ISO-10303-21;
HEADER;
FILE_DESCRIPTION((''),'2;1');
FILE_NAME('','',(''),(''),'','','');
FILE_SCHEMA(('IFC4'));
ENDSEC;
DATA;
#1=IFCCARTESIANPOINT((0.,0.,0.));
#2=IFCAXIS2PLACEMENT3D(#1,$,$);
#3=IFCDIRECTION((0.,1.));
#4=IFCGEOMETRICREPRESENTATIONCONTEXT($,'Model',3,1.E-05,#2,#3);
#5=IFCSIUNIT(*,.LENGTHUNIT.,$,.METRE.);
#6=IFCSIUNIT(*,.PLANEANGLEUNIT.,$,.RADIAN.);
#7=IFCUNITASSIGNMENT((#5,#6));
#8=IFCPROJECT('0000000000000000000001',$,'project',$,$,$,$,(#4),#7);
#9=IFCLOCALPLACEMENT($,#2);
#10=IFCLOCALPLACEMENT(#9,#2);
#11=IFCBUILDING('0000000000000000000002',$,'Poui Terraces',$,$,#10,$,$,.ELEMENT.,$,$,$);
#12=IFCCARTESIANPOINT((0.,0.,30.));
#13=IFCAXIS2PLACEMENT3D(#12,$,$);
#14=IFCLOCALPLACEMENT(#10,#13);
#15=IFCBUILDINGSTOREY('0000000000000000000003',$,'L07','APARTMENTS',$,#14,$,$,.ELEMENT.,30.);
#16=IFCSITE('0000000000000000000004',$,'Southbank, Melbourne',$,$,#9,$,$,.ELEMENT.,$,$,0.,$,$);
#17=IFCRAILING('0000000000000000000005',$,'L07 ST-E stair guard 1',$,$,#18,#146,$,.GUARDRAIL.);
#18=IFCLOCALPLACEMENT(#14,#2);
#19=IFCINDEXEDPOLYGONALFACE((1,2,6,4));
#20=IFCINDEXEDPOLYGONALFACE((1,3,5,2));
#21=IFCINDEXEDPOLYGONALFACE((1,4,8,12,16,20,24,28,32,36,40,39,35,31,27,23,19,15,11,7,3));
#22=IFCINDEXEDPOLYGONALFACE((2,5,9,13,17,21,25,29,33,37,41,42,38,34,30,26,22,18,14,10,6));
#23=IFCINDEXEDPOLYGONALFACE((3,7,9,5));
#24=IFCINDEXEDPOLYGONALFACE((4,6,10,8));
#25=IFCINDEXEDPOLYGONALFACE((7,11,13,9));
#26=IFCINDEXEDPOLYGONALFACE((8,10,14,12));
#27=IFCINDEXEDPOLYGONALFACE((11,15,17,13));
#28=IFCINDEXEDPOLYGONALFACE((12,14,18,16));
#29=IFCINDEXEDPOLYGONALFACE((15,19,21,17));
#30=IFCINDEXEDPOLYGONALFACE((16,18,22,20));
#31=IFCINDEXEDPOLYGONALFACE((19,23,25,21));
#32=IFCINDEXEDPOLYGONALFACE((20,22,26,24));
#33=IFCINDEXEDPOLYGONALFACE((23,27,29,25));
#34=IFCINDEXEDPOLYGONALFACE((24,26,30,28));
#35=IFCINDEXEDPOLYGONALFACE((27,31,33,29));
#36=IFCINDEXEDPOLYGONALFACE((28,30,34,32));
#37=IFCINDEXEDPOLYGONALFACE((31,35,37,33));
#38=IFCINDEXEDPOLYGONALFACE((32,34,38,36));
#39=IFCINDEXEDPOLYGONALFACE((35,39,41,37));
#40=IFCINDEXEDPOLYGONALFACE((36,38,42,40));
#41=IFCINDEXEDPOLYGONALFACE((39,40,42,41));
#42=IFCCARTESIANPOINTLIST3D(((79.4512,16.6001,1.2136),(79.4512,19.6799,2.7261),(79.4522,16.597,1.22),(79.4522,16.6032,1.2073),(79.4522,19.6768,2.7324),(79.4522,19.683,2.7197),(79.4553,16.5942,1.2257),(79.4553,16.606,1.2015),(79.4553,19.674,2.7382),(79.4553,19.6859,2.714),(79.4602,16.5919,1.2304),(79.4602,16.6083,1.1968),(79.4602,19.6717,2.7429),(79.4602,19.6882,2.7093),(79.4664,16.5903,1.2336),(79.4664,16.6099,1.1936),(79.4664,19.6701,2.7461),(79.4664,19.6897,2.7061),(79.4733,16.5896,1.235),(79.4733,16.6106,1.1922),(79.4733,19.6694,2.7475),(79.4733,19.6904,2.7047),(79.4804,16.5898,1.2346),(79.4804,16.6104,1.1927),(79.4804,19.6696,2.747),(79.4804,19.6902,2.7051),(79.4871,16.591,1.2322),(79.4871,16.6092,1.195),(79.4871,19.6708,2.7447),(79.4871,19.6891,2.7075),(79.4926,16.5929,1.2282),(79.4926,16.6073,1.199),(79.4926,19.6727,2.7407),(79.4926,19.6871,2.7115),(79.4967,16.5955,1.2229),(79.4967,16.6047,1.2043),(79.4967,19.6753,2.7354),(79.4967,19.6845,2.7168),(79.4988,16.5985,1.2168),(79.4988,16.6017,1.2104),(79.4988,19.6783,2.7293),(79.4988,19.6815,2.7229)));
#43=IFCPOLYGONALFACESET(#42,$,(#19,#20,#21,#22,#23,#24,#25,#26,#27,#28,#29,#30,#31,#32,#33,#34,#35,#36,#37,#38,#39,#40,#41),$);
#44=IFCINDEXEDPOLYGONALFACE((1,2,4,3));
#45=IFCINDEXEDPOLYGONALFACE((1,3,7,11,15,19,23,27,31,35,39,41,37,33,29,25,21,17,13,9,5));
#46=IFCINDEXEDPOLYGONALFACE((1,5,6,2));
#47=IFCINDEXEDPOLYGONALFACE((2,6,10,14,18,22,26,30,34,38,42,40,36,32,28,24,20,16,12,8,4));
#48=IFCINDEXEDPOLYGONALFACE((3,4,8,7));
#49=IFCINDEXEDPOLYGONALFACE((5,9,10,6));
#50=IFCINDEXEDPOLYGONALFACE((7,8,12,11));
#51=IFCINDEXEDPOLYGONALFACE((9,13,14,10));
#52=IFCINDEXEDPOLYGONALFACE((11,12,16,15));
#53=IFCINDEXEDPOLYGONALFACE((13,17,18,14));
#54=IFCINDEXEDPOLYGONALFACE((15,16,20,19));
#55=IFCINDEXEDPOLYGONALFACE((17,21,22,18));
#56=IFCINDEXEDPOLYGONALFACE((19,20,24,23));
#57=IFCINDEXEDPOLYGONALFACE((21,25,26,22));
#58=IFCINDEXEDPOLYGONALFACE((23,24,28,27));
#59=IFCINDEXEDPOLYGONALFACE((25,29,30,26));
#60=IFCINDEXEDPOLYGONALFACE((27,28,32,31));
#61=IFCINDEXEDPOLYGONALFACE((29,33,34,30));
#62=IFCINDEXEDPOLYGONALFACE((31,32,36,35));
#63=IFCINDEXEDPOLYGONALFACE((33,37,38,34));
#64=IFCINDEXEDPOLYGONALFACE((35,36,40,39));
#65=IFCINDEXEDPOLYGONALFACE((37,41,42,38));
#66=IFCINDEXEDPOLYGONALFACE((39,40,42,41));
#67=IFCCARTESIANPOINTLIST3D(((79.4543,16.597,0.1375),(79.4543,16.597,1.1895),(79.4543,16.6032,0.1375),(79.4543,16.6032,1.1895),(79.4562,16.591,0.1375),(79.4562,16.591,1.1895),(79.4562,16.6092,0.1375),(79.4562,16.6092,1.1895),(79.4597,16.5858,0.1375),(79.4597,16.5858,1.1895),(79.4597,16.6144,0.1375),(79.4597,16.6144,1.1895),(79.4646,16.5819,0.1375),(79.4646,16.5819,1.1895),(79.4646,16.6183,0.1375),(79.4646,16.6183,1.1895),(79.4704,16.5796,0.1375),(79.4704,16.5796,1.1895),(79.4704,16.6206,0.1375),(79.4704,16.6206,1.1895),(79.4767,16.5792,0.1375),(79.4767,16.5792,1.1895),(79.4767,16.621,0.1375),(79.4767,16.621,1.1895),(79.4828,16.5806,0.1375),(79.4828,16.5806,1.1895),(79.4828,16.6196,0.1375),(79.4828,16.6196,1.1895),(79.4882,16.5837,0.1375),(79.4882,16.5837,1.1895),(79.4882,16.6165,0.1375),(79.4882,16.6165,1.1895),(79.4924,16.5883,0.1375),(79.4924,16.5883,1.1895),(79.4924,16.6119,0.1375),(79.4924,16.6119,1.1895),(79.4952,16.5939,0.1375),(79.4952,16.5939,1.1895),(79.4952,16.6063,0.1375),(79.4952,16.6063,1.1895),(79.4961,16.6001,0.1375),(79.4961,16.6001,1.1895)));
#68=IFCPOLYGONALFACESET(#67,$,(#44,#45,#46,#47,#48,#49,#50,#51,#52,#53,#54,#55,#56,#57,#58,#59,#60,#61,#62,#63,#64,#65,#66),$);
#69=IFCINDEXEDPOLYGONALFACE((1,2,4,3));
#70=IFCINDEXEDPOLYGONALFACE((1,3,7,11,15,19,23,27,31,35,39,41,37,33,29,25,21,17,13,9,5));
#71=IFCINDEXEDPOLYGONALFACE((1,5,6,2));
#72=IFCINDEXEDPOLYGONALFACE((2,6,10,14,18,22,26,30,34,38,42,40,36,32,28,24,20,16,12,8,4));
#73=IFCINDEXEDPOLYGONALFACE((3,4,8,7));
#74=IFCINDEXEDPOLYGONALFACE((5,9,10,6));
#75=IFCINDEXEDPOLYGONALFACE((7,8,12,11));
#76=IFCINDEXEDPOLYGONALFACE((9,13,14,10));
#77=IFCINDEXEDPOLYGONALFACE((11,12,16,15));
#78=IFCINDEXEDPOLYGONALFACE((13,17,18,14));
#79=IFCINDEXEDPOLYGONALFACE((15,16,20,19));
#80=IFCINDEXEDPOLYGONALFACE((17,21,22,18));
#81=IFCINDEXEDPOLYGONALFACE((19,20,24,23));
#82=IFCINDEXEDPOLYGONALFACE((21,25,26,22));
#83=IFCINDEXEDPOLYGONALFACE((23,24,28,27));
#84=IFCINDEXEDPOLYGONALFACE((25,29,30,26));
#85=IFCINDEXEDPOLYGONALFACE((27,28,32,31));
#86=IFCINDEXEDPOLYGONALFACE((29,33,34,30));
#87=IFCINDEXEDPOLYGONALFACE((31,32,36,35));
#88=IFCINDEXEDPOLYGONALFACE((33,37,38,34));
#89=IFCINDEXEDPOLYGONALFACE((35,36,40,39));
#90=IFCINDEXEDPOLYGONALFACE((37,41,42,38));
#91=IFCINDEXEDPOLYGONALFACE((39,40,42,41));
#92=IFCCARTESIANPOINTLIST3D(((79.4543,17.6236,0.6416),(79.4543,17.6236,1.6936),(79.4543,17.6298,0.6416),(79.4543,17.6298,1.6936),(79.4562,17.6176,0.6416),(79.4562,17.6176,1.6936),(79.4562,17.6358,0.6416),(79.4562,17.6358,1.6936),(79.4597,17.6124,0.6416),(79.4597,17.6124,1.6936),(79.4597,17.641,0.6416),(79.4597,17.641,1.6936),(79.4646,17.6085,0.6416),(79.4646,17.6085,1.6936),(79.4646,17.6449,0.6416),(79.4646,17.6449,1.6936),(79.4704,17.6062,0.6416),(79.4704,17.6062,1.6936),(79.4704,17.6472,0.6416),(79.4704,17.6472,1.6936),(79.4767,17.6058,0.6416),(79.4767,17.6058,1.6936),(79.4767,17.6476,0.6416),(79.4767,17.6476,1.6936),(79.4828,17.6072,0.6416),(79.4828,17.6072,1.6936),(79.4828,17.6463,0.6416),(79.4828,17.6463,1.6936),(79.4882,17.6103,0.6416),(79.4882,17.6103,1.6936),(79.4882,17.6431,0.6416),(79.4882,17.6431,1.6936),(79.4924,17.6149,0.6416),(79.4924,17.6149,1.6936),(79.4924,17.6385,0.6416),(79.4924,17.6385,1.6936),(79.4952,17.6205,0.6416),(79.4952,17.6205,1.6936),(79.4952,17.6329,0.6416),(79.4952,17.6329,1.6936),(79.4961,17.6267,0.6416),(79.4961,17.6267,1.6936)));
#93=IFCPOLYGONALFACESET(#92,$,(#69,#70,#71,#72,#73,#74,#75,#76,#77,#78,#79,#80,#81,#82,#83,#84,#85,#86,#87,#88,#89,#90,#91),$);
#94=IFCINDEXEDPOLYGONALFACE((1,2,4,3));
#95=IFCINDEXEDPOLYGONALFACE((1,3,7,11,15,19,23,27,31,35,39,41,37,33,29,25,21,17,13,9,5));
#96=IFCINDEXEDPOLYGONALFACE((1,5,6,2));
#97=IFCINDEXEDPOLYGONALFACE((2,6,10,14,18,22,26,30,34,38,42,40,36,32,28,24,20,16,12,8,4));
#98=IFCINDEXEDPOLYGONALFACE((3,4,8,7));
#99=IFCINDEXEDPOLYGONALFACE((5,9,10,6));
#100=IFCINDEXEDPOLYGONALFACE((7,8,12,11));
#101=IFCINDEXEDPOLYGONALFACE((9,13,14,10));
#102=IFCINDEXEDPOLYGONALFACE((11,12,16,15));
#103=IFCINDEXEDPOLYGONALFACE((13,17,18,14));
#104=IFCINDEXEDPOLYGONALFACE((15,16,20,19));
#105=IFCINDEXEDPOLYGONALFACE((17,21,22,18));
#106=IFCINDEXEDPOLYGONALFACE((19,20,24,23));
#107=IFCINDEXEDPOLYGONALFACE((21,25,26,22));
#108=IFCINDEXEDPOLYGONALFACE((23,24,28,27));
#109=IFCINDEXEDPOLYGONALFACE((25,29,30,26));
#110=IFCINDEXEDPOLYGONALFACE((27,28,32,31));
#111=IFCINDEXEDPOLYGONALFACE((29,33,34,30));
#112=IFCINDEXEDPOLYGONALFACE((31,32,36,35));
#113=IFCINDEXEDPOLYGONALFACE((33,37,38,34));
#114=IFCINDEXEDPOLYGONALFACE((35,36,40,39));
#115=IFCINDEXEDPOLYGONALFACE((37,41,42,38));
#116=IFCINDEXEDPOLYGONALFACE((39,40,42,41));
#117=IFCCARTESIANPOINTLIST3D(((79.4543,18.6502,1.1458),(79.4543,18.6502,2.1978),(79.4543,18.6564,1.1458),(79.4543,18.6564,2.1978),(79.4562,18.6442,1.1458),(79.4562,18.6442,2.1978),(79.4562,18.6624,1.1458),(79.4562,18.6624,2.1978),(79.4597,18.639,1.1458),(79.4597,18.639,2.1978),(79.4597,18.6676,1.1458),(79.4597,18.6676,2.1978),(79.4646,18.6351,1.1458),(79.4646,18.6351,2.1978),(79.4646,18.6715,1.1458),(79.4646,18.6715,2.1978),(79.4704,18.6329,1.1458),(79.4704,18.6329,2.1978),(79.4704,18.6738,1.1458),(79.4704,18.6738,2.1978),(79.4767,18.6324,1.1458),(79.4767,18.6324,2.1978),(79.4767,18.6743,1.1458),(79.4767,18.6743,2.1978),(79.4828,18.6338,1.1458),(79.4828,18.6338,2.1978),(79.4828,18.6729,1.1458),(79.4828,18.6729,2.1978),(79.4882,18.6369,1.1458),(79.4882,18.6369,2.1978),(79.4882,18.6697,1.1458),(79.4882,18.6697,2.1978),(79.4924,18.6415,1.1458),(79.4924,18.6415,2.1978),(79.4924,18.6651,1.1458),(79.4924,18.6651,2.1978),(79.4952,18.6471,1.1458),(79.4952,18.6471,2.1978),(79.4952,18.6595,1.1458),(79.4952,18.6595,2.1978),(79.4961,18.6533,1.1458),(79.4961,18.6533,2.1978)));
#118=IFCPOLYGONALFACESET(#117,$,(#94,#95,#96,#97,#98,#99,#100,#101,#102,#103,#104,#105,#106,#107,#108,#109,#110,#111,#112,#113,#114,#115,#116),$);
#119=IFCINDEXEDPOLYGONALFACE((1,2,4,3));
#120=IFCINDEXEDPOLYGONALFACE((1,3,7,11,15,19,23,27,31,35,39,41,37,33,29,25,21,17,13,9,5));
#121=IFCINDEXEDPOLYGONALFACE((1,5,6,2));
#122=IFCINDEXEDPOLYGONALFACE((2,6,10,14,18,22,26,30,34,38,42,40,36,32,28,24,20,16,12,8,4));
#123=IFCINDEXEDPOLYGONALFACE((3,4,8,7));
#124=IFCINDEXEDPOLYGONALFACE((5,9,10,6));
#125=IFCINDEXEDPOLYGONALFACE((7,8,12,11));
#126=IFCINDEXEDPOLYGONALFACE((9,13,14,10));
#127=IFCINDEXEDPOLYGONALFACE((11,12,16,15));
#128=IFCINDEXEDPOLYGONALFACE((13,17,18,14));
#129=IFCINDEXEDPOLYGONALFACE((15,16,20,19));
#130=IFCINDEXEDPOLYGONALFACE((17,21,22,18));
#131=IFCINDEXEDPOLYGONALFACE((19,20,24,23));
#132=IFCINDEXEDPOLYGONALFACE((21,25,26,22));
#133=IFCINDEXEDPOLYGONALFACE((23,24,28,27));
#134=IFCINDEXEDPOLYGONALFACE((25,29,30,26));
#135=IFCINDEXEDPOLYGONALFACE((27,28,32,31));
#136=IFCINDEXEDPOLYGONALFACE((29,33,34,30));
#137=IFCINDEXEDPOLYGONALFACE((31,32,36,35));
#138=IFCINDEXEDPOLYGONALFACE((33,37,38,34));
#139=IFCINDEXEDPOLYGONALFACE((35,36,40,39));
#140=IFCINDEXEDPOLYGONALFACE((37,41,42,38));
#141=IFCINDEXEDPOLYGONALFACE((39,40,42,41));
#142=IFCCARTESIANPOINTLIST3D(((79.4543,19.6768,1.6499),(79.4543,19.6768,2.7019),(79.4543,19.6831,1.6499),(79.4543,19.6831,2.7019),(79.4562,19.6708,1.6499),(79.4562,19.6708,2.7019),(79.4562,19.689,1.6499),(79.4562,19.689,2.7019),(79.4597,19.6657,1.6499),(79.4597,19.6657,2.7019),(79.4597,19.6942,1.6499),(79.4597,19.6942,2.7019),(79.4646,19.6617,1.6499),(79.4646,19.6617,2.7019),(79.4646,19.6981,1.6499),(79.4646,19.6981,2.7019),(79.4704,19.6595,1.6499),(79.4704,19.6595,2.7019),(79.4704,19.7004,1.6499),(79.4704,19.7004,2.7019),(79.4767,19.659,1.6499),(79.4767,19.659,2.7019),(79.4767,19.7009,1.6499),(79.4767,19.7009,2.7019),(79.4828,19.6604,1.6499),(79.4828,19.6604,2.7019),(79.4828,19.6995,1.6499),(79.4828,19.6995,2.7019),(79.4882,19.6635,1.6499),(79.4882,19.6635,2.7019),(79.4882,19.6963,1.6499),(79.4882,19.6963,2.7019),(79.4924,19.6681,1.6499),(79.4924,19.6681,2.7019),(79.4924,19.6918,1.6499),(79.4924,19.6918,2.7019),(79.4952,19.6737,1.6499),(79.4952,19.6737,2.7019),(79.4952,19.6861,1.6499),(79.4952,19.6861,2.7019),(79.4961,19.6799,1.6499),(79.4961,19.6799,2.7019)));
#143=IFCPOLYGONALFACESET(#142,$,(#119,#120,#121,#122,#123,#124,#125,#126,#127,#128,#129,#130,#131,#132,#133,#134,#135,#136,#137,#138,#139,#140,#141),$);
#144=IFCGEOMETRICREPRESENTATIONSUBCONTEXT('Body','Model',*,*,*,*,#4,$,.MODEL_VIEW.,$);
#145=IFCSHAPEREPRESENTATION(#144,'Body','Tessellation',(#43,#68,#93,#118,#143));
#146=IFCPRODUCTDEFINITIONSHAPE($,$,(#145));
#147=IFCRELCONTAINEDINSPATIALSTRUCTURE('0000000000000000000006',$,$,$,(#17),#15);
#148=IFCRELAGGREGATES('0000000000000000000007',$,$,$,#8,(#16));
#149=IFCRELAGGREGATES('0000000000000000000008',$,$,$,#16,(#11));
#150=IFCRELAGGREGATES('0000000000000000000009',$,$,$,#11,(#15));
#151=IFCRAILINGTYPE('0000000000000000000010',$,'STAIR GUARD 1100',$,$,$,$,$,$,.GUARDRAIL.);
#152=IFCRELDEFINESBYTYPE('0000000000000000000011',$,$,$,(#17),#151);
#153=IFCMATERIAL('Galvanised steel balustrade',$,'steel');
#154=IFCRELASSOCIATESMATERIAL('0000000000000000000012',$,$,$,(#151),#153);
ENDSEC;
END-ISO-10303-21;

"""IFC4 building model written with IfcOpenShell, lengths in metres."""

from ifc_helpers import new_model, si_unit, direction, frame, origin, origin_2d, place, context, subcontext, project, spatial, circle, extrude, material, type_object, element, save


model = new_model("IFC4")

# Units and contexts
model_context = context("Model", 3, precision=1e-05, world=origin(), true_north=direction((0.0, 1.0)))
body_context = subcontext(model_context, "Body", "Model", "MODEL_VIEW")
ifc_project = project(units=[si_unit("LENGTHUNIT", "METRE"), si_unit("PLANEANGLEUNIT", "RADIAN")], contexts=[model_context])

# Site, building, storey
site_placement = place(None, origin())
site = spatial("IfcSite", under=ifc_project, at=site_placement, Name="Southbank, Melbourne", CompositionType="ELEMENT", RefElevation=0.0)
building_placement = place(site_placement, origin())
building = spatial("IfcBuilding", under=site, at=building_placement, Name="Poui Terraces", CompositionType="ELEMENT")
storey_placement = place(building_placement, frame((0.0, 0.0, 30.0)))
storey = spatial("IfcBuildingStorey", under=building, at=storey_placement, Name="L07", Description="APARTMENTS", CompositionType="ELEMENT", Elevation=30.0)

# Railing
ifc_material_1 = material(Name="Galvanised steel balustrade", Category="steel")
railing_type_1 = type_object("IfcRailingType", Name="STAIR GUARD 1100", PredefinedType="GUARDRAIL", material=ifc_material_1)
railing_1_placement = place(storey_placement, frame((79.4751, 16.6001, 0.1375)))
element("IfcRailing", 1, at=railing_1_placement, inside=storey, type_object=railing_type_1, Name="L07 ST-E stair guard 1", PredefinedType="GUARDRAIL", context=body_context, shape_type="SweptSolid", body=[
    extrude(circle(Radius=0.0239, at=origin_2d()), frame((0.0, 0.0, 1.0762), z_axis=(0.0, 0.897606, 0.440798), x_axis=(-1.0, 0.0, 0.0)), (0.0, 0.0, 1.0), 3.4312),
    extrude(circle(Radius=0.021, at=origin_2d()), origin(), (0.0, 0.0, 1.0), 1.052),
    extrude(circle(Radius=0.021, at=origin_2d()), frame((0.0, 1.0266, 0.5042)), (0.0, 0.0, 1.0), 1.052),
    extrude(circle(Radius=0.021, at=origin_2d()), frame((0.0, 2.0532, 1.0083)), (0.0, 0.0, 1.0), 1.052),
    extrude(circle(Radius=0.021, at=origin_2d()), frame((0.0, 3.0798, 1.5125)), (0.0, 0.0, 1.0), 1.052),
])

save(model, "model.ifc")
